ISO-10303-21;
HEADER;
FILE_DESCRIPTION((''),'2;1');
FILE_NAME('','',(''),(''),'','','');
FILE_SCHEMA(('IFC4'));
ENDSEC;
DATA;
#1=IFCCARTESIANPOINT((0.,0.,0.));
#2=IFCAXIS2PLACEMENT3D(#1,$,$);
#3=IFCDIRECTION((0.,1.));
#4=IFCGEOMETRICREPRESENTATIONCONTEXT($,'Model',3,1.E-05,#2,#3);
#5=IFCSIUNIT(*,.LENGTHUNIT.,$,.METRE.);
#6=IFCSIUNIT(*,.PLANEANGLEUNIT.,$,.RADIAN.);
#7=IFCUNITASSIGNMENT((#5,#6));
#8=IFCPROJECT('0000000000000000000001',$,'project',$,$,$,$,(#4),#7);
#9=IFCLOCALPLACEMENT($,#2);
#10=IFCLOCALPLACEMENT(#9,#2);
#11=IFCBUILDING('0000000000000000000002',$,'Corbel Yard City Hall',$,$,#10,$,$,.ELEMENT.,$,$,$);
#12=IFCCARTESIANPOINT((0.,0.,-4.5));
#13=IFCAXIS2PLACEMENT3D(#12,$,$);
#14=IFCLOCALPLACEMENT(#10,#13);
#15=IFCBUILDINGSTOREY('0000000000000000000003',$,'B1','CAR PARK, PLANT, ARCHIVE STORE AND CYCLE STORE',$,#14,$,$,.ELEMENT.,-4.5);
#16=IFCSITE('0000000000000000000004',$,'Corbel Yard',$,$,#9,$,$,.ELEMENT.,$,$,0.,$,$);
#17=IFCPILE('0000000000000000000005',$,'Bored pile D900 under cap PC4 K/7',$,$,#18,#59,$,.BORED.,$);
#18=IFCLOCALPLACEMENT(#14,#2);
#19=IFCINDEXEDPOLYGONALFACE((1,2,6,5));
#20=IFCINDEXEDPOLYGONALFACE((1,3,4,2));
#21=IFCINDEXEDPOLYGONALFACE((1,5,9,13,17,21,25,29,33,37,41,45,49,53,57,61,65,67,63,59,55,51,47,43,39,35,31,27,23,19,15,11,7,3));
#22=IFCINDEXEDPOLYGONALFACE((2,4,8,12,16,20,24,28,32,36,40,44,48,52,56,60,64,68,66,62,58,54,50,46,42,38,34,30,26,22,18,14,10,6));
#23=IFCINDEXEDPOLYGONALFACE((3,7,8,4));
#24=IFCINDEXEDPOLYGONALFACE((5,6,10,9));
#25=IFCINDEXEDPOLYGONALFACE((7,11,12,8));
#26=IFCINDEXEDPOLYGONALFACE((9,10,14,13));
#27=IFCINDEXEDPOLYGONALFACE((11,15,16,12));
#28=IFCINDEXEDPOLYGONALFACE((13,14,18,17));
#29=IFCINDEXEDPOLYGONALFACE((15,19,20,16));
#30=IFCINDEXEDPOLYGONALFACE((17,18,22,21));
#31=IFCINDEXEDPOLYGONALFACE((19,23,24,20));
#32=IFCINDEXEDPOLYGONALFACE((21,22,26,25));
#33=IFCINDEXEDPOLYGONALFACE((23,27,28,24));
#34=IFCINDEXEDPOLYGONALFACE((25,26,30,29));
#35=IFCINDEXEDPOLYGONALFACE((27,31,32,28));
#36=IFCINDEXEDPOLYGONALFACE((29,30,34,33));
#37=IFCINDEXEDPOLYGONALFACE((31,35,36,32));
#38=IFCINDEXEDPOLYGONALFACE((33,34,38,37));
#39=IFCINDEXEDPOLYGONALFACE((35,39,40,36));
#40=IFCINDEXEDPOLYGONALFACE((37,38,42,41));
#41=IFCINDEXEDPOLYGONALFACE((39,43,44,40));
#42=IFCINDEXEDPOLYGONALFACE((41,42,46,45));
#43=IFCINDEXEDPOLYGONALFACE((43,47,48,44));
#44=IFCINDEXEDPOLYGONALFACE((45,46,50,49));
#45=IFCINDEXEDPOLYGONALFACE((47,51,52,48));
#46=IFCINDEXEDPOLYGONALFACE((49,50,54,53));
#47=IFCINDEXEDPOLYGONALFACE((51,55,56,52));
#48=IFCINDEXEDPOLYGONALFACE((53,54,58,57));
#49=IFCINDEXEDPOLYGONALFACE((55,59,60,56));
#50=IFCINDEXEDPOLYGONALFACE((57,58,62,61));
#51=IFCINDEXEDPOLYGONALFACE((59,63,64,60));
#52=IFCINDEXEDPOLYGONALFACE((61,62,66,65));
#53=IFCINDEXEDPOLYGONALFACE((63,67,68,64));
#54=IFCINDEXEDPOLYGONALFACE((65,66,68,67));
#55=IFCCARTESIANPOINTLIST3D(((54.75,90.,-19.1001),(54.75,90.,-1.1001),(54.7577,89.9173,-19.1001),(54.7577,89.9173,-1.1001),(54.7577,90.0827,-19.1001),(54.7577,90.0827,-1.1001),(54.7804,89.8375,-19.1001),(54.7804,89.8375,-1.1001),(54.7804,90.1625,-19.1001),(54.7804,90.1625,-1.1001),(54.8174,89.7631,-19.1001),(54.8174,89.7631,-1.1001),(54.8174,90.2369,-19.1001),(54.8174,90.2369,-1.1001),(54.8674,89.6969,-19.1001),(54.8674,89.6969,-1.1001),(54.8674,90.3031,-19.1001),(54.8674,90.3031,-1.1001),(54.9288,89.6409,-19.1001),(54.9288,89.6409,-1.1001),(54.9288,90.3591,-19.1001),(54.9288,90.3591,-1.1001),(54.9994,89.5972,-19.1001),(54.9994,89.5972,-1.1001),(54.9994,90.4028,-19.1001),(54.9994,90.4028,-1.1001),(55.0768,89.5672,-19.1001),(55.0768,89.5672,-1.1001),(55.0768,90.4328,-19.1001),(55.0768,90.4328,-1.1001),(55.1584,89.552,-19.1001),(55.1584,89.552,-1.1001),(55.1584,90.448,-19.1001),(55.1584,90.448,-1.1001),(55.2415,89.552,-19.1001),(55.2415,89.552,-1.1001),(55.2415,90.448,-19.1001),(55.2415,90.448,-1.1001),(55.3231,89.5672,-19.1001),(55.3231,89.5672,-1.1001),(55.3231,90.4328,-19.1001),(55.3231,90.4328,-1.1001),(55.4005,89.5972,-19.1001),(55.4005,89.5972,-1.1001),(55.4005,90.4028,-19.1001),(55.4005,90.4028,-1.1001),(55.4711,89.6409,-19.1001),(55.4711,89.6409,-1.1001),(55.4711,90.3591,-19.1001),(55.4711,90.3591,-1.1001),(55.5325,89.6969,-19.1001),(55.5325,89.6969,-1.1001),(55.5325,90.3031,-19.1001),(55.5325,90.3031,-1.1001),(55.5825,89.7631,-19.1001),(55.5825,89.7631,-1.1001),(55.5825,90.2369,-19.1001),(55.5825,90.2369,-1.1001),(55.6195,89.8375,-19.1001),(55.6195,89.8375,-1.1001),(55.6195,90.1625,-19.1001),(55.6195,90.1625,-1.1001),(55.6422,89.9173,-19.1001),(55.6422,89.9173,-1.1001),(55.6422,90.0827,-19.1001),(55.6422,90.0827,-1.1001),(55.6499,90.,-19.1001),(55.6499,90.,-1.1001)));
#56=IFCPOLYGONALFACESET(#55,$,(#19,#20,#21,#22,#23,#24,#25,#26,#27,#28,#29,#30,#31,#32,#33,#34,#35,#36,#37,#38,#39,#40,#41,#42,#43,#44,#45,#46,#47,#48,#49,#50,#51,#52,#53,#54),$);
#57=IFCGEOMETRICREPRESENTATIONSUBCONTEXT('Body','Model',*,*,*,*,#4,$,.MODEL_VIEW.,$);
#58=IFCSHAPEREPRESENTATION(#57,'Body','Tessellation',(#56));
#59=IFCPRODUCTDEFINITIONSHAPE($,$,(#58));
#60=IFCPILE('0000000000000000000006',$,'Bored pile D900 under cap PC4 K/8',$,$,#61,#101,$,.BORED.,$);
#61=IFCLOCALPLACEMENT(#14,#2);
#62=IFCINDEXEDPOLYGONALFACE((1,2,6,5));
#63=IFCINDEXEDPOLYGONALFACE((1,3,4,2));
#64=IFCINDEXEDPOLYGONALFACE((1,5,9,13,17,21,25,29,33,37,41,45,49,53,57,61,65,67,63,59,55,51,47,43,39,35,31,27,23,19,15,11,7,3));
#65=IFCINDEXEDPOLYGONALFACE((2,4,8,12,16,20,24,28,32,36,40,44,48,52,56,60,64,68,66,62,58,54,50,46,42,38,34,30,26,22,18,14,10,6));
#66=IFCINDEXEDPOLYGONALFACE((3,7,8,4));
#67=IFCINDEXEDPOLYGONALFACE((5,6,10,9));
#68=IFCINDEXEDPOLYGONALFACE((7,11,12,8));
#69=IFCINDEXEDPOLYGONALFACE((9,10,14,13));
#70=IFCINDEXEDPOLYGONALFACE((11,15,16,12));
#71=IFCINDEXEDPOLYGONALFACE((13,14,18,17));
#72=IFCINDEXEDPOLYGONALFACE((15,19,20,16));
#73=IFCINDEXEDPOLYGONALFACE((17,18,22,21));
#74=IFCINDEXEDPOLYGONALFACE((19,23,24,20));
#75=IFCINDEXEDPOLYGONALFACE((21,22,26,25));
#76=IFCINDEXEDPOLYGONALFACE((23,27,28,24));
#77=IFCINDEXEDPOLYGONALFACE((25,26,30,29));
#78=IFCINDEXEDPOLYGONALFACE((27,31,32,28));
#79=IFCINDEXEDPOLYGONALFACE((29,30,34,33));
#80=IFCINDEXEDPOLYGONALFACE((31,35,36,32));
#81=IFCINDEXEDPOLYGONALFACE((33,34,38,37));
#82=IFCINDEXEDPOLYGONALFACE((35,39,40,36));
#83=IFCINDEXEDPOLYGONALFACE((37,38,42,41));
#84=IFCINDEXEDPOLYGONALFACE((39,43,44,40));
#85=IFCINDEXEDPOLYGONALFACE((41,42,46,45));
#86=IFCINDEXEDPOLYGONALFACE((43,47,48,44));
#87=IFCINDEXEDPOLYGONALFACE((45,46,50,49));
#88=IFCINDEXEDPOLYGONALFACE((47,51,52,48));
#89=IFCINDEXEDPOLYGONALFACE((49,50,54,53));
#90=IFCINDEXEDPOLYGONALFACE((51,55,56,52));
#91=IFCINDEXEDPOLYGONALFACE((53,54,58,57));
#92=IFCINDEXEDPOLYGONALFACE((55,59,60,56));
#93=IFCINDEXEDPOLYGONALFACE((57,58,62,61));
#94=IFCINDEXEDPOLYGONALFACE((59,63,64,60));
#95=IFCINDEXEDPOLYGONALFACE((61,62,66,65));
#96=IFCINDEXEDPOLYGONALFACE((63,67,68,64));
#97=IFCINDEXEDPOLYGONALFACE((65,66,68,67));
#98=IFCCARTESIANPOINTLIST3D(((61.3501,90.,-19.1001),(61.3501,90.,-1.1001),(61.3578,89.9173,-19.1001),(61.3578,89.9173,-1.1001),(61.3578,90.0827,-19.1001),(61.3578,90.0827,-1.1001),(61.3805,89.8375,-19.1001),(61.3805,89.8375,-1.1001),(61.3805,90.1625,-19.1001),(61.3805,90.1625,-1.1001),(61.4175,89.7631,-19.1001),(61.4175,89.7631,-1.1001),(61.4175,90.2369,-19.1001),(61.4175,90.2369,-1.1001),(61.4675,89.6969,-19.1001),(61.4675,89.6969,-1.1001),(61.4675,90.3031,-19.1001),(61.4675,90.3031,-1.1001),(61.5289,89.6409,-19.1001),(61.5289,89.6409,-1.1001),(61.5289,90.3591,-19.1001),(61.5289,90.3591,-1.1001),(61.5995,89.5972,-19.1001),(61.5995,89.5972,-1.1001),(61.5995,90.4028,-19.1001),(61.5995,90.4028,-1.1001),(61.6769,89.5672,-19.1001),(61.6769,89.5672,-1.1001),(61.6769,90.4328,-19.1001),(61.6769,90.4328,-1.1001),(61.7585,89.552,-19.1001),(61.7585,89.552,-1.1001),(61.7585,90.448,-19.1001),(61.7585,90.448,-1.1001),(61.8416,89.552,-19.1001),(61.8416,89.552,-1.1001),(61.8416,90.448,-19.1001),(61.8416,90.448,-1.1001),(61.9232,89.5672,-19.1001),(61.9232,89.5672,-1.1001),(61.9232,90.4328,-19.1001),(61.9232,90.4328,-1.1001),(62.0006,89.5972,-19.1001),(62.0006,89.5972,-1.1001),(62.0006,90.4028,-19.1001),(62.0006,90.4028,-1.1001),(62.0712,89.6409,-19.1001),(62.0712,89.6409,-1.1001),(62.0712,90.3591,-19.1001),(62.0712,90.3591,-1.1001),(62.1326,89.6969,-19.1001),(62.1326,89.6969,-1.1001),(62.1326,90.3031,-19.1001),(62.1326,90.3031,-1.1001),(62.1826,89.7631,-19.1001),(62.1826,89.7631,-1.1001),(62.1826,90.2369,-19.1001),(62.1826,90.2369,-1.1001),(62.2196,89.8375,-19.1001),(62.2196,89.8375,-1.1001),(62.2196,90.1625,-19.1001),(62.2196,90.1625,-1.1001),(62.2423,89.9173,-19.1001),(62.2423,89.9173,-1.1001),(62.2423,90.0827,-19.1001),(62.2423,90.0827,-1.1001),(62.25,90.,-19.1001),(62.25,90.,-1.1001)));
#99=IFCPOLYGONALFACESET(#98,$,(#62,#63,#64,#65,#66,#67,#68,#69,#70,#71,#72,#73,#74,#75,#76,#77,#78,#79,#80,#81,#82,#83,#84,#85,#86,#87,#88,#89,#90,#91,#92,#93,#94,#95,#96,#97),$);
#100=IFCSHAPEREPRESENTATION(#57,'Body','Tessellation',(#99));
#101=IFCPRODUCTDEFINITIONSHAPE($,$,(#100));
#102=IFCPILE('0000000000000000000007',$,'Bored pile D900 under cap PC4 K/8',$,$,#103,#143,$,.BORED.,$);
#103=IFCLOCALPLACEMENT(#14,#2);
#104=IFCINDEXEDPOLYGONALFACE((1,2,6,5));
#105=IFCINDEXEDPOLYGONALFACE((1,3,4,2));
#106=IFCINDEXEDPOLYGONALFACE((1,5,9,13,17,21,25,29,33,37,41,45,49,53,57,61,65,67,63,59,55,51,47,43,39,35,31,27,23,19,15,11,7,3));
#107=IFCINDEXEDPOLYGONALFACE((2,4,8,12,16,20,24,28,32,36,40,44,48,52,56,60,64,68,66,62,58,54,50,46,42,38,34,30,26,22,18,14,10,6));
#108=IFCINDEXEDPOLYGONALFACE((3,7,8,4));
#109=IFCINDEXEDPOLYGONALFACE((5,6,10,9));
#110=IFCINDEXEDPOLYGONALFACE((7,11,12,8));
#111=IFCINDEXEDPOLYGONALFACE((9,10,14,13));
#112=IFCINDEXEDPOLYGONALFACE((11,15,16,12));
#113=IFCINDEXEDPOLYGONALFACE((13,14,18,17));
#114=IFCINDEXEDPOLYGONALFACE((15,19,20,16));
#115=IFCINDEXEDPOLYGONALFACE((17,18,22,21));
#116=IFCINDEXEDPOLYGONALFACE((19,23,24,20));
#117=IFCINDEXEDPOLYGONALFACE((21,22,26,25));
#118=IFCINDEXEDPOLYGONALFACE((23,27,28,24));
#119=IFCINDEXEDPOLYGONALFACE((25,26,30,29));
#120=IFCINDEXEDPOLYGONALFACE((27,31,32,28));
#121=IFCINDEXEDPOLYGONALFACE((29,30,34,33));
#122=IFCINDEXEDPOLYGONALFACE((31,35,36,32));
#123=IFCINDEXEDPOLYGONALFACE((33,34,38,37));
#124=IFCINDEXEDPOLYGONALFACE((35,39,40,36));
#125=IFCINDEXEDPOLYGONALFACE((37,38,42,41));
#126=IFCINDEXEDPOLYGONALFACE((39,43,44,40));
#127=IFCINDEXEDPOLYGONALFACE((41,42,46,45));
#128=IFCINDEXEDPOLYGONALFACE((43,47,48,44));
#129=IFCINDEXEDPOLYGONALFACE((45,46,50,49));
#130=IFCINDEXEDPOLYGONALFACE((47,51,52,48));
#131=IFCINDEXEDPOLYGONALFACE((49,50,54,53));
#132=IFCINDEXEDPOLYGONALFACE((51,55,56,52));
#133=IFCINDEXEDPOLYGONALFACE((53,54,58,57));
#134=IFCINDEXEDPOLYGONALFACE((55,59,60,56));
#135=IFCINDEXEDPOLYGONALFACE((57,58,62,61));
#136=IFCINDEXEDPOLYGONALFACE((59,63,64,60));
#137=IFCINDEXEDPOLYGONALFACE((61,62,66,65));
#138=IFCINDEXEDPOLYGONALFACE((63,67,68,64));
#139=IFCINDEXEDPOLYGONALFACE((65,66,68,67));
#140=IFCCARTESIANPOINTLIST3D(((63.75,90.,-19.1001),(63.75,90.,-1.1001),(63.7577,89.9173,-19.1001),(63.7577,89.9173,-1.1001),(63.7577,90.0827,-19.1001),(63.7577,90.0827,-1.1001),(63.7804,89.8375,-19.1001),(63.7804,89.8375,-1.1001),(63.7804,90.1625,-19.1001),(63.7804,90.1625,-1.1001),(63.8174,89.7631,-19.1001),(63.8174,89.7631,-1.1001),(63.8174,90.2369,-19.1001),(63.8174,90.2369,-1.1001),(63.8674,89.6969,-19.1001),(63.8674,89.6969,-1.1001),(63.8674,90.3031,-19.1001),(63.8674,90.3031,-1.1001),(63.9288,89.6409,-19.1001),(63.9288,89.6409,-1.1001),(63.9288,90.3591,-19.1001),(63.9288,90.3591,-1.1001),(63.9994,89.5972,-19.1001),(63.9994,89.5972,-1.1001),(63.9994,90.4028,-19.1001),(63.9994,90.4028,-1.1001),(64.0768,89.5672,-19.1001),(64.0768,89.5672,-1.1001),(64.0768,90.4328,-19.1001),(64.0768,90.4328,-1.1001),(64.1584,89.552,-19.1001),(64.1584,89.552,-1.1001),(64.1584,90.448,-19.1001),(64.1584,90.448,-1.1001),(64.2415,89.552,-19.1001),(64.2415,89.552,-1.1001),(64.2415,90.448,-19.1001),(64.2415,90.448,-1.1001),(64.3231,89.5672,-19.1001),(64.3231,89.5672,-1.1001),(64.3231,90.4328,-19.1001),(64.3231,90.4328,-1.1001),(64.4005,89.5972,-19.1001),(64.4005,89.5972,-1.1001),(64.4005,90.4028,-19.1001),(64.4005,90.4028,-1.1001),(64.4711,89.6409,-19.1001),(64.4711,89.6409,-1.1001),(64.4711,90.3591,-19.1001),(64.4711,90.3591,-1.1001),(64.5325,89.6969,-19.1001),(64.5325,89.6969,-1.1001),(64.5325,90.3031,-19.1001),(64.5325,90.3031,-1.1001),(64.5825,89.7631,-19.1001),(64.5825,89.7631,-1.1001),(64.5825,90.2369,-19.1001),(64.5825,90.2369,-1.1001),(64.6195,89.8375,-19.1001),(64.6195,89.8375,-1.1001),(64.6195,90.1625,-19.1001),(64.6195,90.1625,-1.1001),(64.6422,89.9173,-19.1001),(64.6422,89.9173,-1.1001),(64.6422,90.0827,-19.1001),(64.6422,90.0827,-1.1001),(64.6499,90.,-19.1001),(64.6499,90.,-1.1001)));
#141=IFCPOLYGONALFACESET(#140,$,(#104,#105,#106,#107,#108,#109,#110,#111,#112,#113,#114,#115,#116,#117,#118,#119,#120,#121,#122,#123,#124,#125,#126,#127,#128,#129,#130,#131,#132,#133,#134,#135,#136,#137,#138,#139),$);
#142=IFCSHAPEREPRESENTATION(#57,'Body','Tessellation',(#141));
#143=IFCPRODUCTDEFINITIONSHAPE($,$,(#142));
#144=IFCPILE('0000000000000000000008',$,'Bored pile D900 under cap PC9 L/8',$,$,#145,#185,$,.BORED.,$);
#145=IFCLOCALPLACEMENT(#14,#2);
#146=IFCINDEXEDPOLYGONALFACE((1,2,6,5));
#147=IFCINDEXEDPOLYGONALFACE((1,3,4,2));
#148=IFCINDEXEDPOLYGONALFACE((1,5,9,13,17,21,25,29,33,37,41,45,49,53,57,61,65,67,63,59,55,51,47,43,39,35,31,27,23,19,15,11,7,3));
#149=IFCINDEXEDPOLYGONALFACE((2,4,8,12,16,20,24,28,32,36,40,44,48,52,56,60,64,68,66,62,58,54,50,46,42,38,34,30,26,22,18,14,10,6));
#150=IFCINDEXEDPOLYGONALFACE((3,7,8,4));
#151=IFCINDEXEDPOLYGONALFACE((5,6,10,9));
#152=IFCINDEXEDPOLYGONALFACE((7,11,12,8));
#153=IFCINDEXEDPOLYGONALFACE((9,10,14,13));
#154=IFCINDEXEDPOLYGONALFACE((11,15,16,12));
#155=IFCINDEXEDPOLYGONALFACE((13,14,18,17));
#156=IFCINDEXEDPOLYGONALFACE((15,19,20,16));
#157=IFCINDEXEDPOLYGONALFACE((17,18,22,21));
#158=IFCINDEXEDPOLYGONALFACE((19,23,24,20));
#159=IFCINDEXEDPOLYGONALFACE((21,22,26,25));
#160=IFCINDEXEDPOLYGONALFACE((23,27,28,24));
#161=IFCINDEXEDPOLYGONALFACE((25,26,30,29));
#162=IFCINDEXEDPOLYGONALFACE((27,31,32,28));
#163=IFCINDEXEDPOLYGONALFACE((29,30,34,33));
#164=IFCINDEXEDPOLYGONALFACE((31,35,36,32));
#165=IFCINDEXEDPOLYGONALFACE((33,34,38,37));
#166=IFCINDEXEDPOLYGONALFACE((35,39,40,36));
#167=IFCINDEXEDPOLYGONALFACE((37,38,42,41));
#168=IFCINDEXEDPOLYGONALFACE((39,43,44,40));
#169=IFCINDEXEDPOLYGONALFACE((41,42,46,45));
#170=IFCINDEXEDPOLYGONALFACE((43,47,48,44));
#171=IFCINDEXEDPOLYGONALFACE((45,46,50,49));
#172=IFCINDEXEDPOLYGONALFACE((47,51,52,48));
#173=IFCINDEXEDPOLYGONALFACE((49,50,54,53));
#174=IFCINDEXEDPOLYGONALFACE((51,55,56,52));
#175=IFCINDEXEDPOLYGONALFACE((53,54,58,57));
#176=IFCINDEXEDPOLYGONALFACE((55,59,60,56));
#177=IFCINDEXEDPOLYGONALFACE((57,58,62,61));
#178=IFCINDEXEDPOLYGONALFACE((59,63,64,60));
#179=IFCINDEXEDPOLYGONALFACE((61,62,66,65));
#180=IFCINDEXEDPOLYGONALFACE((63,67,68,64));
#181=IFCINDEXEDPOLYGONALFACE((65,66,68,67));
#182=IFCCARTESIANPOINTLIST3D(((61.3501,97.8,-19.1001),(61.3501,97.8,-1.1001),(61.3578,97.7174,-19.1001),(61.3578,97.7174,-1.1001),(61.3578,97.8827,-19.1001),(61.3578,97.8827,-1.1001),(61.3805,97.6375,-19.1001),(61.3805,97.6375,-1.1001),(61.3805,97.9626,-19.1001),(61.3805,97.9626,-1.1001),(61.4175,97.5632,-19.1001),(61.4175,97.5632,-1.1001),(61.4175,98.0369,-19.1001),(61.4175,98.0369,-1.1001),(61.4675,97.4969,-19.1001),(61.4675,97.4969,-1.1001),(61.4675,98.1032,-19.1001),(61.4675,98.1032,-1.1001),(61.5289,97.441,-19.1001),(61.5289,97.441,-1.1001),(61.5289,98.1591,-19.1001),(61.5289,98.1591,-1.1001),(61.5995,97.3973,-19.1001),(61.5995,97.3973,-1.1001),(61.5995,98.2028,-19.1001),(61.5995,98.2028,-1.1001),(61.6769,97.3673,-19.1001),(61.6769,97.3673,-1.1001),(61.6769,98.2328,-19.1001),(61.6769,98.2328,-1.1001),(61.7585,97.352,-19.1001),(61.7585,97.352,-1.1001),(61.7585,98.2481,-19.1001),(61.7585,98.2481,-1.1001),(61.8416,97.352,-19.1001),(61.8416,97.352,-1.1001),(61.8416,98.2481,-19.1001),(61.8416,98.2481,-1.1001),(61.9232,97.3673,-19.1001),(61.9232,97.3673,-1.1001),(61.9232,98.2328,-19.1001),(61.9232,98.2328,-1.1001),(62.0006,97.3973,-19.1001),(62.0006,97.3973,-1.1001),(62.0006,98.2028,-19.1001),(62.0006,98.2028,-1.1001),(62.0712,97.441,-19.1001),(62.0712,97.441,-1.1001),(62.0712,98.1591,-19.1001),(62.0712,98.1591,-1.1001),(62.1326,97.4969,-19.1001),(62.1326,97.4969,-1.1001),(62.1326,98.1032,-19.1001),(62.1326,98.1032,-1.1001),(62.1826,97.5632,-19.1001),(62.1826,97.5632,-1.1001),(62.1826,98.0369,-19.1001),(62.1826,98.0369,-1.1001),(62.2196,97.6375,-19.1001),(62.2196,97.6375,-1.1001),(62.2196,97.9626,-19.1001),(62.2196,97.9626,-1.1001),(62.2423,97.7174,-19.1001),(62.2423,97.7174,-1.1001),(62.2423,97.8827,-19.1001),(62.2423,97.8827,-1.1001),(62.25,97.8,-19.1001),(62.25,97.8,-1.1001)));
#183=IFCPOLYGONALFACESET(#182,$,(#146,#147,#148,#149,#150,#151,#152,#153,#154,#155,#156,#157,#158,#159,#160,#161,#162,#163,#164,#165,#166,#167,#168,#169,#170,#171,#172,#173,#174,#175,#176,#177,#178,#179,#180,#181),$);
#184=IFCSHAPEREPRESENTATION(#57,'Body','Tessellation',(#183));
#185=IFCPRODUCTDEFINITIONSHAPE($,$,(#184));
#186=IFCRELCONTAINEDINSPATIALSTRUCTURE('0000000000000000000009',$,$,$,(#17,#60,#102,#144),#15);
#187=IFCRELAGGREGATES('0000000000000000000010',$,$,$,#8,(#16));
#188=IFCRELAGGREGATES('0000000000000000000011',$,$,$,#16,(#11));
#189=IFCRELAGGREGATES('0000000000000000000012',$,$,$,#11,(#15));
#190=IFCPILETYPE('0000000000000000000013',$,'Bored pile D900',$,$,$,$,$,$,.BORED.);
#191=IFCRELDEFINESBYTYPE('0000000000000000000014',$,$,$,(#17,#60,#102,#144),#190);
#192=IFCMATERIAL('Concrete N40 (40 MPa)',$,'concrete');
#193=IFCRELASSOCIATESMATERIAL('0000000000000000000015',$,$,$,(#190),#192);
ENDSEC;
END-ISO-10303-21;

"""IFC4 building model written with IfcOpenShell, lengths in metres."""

from ifc_helpers import new_model, si_unit, direction, frame, origin, origin_2d, place, context, subcontext, project, spatial, circle, extrude, material, material_profile, profile_set, type_object, element, save


model = new_model("IFC4")

# Units and contexts
model_context = context("Model", 3, precision=1e-05, world=origin(), true_north=direction((0.0, 1.0)))
body_context = subcontext(model_context, "Body", "Model", "MODEL_VIEW")
ifc_project = project(units=[si_unit("LENGTHUNIT", "METRE"), si_unit("PLANEANGLEUNIT", "RADIAN")], contexts=[model_context])

# Site, building, storey
site_placement = place(None, origin())
site = spatial("IfcSite", under=ifc_project, at=site_placement, Name="Corbel Yard", CompositionType="ELEMENT", RefElevation=0.0)
building_placement = place(site_placement, origin())
building = spatial("IfcBuilding", under=site, at=building_placement, Name="Corbel Yard City Hall", CompositionType="ELEMENT")
storey_placement = place(building_placement, frame((0.0, 0.0, -4.5)))
storey = spatial("IfcBuildingStorey", under=building, at=storey_placement, Name="B1", Description="CAR PARK, PLANT, ARCHIVE STORE AND CYCLE STORE", CompositionType="ELEMENT", Elevation=-4.5)

# Piles
ifc_material_1 = material(Name="Concrete N40 (40 MPa)", Category="concrete")
ifc_material_profile_1 = material_profile(ifc_material_1, circle(Radius=0.45, at=origin_2d()), Name="D900")
ifc_profile_set_1 = profile_set([ifc_material_profile_1], Name="Concrete N40 (40 MPa)")
pile_type = type_object("IfcPileType", Name="Bored pile D900", PredefinedType="BORED", material=ifc_profile_set_1)
for number, where, z_axis, x_axis, name in (
    (1, (55.2, 90.0, -1.1001), (0.0, 0.0, -1.0), (1.0, 0.0, 0.0), "Bored pile D900 under cap PC4 K/7"),
    (2, (61.8, 90.0, -1.1001), (0.0, 0.0, -1.0), (1.0, 0.0, 0.0), "Bored pile D900 under cap PC4 K/8"),
    (3, (64.2, 90.0, -1.1001), (0.0, 0.0, -1.0), (1.0, 0.0, 0.0), "Bored pile D900 under cap PC4 K/8"),
    (4, (61.8, 97.8, -1.1001), (0.0, 0.0, -1.0), (1.0, 0.0, 0.0), "Bored pile D900 under cap PC9 L/8"),
):
    element("IfcPile", number, at=place(storey_placement, frame(where, z_axis=z_axis, x_axis=x_axis)), inside=storey, type_object=pile_type, Name=name, PredefinedType="BORED", context=body_context, shape_type="SweptSolid", body=[
        extrude(circle(Radius=0.45, at=origin_2d()), origin(), (0.0, 0.0, 1.0), 18.0),
    ])

save(model, "model.ifc")
